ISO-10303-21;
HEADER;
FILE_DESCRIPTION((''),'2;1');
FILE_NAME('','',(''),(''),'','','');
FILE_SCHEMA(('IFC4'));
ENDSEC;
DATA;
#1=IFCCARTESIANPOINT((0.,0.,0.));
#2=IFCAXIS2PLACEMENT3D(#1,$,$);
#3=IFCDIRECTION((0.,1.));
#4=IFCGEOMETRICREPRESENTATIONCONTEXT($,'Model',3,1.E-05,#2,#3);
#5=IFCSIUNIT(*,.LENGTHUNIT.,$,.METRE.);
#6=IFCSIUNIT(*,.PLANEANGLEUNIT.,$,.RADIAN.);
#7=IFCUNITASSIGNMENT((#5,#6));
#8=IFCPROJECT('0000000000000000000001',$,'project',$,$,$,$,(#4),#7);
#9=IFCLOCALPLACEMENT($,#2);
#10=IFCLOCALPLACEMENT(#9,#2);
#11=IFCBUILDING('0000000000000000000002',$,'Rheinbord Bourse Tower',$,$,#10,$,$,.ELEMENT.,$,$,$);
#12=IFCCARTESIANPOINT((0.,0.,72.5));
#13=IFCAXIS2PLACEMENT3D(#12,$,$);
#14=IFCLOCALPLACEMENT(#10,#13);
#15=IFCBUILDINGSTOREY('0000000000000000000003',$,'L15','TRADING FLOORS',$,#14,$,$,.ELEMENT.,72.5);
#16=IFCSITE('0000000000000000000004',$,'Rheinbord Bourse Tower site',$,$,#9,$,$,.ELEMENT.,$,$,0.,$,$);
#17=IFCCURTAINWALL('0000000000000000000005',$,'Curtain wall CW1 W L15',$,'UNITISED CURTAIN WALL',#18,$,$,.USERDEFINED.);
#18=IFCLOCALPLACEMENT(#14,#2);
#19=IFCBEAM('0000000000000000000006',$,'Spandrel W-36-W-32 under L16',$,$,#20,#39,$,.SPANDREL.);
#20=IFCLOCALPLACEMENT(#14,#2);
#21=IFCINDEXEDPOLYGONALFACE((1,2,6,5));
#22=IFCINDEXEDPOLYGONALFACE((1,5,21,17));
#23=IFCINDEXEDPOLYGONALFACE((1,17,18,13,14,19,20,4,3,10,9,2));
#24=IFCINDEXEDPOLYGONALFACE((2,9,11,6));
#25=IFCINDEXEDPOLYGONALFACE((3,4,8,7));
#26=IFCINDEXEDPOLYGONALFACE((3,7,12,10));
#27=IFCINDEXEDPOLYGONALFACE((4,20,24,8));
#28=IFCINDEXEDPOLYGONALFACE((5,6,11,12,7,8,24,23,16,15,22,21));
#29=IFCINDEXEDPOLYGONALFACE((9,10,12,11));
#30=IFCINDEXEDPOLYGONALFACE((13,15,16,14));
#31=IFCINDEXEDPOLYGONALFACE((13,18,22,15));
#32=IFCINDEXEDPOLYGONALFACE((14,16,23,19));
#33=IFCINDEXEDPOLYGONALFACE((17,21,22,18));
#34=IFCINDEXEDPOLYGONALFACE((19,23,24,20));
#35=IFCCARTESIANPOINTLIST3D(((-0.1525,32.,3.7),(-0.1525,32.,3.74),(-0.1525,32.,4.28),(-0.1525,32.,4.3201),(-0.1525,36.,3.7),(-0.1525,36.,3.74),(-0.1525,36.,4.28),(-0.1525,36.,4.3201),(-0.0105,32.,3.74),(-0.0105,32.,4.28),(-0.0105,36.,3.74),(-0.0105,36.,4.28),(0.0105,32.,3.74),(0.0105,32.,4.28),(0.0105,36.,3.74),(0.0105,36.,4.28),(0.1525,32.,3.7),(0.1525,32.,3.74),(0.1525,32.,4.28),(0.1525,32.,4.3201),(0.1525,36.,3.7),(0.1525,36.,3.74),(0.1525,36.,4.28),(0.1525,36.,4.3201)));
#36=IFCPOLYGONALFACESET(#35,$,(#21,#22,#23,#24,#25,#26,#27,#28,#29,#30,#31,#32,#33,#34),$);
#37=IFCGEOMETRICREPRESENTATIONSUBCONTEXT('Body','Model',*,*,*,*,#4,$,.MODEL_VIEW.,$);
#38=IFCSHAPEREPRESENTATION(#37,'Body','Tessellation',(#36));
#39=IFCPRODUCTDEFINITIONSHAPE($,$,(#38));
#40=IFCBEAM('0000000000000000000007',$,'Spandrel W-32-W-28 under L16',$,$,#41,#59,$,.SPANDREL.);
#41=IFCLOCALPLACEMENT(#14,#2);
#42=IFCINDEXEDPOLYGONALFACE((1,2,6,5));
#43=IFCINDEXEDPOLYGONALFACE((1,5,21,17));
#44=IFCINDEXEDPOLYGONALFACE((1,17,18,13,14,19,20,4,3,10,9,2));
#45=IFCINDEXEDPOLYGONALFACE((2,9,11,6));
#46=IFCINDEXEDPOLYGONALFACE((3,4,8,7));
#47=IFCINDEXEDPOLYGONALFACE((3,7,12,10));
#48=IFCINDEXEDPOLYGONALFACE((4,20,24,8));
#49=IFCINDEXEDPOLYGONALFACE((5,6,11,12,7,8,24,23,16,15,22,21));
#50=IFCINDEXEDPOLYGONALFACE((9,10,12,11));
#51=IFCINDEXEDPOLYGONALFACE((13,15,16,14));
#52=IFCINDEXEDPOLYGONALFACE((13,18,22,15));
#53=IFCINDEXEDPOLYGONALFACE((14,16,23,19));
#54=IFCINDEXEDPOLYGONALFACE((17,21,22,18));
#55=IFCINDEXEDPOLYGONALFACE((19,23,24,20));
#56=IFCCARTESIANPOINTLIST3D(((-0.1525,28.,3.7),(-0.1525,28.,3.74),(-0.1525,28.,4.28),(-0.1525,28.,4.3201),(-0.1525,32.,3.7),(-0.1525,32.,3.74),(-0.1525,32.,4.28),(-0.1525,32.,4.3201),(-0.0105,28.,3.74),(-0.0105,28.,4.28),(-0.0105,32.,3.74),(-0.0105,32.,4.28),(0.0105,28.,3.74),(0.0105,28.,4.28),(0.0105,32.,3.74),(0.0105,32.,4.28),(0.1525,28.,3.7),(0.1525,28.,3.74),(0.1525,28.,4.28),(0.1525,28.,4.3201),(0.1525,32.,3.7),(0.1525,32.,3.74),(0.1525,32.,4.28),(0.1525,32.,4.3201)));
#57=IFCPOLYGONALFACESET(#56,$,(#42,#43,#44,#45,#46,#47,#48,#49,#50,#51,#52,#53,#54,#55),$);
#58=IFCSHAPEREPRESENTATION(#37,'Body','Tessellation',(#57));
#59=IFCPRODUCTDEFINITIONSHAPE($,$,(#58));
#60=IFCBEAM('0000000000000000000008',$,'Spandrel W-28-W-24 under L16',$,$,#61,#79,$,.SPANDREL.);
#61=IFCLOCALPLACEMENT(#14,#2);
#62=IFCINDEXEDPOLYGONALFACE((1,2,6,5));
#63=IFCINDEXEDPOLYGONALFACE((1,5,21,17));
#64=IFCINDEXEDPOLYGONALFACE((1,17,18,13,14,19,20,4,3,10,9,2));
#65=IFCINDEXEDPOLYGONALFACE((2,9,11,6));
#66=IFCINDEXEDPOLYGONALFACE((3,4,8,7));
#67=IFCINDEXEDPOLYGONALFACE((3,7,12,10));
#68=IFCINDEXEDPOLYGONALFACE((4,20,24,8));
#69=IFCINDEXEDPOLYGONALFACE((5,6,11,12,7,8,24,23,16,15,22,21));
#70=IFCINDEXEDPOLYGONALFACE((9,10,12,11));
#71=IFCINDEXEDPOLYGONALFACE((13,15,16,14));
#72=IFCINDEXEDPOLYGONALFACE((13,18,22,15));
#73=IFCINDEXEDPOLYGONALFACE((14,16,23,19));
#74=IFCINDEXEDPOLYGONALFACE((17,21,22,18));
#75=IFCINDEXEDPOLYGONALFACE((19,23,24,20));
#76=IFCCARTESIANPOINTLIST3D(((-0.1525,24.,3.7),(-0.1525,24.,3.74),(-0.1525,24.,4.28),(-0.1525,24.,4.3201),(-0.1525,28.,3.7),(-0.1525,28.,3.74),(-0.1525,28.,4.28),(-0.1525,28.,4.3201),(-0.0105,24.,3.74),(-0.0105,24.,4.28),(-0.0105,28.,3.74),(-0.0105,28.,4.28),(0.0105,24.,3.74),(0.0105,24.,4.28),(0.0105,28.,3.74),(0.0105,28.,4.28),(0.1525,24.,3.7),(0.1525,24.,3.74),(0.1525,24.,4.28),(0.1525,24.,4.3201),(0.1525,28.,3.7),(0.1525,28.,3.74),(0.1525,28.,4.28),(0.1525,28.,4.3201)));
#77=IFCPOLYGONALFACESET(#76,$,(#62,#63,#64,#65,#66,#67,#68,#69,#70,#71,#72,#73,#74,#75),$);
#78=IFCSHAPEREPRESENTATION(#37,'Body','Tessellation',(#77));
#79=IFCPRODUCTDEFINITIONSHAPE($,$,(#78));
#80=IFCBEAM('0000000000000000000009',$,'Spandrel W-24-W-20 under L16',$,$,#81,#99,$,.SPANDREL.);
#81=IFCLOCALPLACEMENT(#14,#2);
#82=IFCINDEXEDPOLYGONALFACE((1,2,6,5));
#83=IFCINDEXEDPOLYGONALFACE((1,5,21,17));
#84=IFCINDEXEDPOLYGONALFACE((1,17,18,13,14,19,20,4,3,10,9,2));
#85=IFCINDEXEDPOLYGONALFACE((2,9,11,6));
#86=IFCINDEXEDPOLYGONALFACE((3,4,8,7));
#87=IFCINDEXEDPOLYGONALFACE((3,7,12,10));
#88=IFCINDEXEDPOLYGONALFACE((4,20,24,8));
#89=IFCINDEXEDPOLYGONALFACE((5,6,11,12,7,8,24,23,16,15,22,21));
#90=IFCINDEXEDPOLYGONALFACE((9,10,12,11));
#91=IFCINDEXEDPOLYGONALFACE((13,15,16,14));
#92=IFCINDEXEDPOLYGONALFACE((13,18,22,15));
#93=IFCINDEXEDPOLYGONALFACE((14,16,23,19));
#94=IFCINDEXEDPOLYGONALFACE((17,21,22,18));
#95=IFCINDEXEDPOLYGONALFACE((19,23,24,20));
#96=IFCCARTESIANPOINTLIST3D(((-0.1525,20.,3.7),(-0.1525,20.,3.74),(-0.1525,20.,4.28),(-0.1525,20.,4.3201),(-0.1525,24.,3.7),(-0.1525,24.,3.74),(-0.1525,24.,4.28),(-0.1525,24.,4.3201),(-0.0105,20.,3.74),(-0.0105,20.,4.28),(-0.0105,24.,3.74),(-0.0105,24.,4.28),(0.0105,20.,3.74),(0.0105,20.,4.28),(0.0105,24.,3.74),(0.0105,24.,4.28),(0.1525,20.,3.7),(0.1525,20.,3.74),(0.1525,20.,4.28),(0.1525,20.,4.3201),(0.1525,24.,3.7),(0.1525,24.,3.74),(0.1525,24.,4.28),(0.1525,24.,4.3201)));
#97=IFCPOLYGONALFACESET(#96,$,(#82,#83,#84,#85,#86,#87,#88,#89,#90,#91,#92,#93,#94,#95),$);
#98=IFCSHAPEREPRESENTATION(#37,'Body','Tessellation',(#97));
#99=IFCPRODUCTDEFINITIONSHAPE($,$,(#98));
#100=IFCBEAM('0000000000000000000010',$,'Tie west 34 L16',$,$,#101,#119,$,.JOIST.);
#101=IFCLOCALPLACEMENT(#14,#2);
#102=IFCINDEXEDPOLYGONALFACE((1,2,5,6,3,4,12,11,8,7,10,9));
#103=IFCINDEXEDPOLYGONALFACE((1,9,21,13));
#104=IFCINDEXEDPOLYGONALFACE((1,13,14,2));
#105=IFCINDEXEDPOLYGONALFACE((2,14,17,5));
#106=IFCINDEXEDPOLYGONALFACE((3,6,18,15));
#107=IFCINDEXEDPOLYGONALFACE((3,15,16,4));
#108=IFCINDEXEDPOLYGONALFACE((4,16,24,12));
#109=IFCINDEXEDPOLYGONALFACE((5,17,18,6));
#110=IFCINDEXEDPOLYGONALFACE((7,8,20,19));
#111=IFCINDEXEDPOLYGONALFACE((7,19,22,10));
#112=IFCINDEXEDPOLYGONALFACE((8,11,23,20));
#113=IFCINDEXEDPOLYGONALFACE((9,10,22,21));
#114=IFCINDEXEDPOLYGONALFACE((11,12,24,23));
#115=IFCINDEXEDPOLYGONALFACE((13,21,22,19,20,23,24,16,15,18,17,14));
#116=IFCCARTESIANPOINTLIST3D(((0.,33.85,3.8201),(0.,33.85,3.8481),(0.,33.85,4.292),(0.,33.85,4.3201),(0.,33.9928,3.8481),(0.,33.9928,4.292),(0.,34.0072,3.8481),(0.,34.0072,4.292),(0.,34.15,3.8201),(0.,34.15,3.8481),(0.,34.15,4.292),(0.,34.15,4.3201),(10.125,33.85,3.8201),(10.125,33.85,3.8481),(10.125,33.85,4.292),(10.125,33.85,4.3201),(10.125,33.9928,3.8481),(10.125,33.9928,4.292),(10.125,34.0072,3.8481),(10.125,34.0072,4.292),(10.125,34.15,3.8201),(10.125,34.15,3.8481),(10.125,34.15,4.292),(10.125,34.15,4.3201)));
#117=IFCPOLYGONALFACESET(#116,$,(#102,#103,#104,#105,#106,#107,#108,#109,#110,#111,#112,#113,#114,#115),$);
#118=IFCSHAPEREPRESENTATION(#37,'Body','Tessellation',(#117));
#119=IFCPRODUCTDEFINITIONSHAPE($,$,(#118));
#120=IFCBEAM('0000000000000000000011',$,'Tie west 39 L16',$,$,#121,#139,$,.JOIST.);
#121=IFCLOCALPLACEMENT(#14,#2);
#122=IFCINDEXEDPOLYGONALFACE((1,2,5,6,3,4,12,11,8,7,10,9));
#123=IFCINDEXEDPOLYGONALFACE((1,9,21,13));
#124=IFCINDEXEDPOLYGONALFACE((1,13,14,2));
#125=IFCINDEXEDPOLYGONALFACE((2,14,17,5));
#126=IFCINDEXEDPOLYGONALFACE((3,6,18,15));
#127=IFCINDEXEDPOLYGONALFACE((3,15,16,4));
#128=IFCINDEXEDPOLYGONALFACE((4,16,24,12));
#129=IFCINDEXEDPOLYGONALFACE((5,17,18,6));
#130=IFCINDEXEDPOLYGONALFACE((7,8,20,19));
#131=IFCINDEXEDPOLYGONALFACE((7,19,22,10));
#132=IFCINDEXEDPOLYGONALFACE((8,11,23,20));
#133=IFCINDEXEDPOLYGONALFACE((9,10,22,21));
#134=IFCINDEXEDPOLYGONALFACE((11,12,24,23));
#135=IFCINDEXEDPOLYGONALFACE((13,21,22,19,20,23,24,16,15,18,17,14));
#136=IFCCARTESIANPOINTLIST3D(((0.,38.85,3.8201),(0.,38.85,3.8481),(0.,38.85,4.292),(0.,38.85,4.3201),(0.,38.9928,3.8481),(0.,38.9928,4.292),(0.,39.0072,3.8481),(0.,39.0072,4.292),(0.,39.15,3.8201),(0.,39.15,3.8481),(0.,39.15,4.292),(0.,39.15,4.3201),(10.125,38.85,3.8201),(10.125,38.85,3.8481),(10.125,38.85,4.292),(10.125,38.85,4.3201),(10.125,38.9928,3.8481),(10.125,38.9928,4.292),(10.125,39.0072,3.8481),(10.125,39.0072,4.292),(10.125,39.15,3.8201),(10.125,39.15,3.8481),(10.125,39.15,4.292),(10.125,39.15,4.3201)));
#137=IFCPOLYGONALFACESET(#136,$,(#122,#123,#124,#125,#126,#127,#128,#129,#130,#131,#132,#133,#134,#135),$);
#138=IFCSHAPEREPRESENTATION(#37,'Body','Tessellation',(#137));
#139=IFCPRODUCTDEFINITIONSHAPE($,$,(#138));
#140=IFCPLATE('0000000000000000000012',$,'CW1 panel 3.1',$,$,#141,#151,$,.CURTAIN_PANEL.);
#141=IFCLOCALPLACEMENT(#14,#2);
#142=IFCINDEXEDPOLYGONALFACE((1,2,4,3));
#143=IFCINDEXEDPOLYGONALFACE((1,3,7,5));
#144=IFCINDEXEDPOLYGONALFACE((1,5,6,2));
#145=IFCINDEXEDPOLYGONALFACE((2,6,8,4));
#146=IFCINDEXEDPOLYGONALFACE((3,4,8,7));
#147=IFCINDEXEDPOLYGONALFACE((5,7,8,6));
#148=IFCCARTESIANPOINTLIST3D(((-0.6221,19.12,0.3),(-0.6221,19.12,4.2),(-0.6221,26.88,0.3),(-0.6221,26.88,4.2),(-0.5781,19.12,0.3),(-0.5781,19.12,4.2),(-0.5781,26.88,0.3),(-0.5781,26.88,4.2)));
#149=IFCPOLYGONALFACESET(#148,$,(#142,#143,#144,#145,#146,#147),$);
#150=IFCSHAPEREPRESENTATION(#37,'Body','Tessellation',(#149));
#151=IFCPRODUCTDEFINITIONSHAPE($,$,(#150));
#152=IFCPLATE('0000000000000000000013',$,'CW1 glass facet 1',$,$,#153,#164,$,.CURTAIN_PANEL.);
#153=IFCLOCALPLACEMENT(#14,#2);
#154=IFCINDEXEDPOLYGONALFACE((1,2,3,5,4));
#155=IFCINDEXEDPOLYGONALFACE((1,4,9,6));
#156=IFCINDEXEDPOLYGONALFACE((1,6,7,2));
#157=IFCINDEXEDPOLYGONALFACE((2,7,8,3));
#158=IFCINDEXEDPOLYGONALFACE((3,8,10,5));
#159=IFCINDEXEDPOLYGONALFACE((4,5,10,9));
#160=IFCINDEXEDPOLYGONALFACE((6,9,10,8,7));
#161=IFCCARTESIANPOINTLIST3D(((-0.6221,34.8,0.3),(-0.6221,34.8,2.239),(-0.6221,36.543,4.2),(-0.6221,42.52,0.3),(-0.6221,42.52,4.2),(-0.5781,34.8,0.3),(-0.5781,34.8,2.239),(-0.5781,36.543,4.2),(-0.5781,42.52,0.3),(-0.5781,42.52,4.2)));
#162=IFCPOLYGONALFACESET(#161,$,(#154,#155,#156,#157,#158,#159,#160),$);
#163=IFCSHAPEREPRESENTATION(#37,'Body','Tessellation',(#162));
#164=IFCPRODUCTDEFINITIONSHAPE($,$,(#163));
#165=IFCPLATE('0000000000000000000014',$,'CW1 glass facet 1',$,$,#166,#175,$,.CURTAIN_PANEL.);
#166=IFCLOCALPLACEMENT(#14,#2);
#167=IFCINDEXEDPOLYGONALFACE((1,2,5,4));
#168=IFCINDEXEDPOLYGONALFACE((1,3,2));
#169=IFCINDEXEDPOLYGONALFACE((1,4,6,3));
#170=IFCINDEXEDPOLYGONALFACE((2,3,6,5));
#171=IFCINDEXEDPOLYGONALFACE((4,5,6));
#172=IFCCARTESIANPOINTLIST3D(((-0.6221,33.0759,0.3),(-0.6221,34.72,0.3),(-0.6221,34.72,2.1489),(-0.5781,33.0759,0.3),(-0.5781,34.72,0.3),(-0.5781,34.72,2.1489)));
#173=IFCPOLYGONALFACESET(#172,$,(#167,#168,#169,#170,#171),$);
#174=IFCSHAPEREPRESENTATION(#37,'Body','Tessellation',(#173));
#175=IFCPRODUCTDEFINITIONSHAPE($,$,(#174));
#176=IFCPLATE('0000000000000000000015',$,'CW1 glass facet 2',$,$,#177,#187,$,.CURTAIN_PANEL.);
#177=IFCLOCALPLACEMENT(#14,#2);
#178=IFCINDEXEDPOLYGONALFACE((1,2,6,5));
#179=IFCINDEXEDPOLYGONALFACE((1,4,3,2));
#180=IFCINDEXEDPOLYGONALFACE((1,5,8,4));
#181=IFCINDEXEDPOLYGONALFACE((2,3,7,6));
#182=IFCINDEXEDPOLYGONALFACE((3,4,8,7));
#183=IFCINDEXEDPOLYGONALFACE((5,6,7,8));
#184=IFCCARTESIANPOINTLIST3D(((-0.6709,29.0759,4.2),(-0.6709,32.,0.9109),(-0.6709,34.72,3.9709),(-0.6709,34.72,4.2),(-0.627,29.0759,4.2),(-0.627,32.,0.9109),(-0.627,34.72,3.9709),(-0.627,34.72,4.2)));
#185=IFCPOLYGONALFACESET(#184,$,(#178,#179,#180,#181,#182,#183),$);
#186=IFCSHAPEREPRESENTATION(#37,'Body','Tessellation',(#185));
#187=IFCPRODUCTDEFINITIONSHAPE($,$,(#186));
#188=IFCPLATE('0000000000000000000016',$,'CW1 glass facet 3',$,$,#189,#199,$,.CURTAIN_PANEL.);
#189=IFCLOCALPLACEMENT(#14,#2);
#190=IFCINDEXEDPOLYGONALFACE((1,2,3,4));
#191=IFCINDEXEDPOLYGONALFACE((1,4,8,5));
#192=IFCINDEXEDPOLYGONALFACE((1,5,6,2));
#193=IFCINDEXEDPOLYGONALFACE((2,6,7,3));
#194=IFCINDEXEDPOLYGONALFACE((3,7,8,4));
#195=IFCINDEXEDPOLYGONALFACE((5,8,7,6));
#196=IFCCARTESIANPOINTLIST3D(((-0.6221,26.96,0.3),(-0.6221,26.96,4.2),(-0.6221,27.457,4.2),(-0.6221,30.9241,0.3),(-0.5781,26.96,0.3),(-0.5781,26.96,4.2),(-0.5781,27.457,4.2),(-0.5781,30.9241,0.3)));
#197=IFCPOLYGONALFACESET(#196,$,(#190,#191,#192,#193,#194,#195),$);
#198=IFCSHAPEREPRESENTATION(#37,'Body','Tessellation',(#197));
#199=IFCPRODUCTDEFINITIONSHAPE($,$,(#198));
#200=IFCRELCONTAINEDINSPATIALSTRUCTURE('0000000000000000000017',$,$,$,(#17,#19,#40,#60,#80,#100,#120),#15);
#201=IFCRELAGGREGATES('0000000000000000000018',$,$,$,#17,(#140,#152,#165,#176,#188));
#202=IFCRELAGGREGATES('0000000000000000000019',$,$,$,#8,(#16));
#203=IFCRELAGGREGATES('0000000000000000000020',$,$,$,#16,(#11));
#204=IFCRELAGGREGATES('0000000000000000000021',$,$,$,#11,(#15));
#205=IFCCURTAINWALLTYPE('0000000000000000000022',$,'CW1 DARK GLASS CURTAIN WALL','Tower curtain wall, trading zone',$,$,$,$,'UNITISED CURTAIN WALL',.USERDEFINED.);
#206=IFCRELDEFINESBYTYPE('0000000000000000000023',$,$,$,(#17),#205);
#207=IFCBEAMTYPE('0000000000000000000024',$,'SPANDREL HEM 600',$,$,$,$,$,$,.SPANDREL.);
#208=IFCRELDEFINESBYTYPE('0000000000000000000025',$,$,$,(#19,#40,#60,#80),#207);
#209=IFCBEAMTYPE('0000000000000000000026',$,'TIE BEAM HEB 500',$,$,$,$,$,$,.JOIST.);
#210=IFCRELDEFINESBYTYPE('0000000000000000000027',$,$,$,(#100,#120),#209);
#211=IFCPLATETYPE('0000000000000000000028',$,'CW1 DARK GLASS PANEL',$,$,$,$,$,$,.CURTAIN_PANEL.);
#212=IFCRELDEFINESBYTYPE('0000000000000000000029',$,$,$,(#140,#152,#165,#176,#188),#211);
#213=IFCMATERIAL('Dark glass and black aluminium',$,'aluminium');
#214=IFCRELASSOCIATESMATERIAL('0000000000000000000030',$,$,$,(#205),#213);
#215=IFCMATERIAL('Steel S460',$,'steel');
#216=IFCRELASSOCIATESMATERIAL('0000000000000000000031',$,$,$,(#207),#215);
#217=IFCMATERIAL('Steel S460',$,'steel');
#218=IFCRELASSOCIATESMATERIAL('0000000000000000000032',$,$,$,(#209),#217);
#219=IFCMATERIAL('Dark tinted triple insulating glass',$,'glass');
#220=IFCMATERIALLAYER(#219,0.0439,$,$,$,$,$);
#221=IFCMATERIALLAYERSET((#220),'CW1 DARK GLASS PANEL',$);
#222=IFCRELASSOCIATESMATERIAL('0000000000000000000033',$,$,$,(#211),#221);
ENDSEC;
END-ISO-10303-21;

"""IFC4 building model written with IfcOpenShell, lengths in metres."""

from ifc_helpers import new_model, si_unit, direction, frame, origin, origin_2d, place, context, subcontext, project, spatial, polyline, rectangle, i_section, outline, extrude, material, layer, layer_set, material_profile, profile_set, type_object, element, aggregate, save


model = new_model("IFC4")

# Units and contexts
model_context = context("Model", 3, precision=1e-05, world=origin(), true_north=direction((0.0, 1.0)))
body_context = subcontext(model_context, "Body", "Model", "MODEL_VIEW")
ifc_project = project(units=[si_unit("LENGTHUNIT", "METRE"), si_unit("PLANEANGLEUNIT", "RADIAN")], contexts=[model_context])

# Site, building, storey
site_placement = place(None, origin())
site = spatial("IfcSite", under=ifc_project, at=site_placement, Name="Rheinbord Bourse Tower site", CompositionType="ELEMENT", RefElevation=0.0)
building_placement = place(site_placement, origin())
building = spatial("IfcBuilding", under=site, at=building_placement, Name="Rheinbord Bourse Tower", CompositionType="ELEMENT")
storey_placement = place(building_placement, frame((0.0, 0.0, 72.5)))
storey = spatial("IfcBuildingStorey", under=building, at=storey_placement, Name="L15", Description="TRADING FLOORS", CompositionType="ELEMENT", Elevation=72.5)

# Curtain wall
ifc_material_1 = material(Name="Dark glass and black aluminium", Category="aluminium")
curtain_wall_type = type_object("IfcCurtainWallType", Name="CW1 DARK GLASS CURTAIN WALL", Description="Tower curtain wall, trading zone", ElementType="UNITISED CURTAIN WALL", PredefinedType="USERDEFINED", material=ifc_material_1)
curtain_wall_placement = place(storey_placement, origin())
curtain_wall = element("IfcCurtainWall", 1, at=curtain_wall_placement, inside=storey, type_object=curtain_wall_type, Name="Curtain wall CW1 W L15", ObjectType="UNITISED CURTAIN WALL", PredefinedType="USERDEFINED")

# Beams
ifc_material_2 = material(Name="Steel S460", Category="steel")
ifc_material_profile_1 = material_profile(ifc_material_2, i_section(OverallWidth=0.3049, OverallDepth=0.6201, WebThickness=0.021, FlangeThickness=0.04, at=origin_2d()), Name="HEM 600")
ifc_profile_set_1 = profile_set([ifc_material_profile_1], Name="Steel S460")
beam_type_1 = type_object("IfcBeamType", Name="SPANDREL HEM 600", PredefinedType="SPANDREL", material=ifc_profile_set_1)
for number, where, z_axis, x_axis, name in (
    (2, (0.0, 36.0, 4.01), (0.0, -1.0, 0.0), (1.0, 0.0, 0.0), "Spandrel W-36-W-32 under L16"),
    (3, (0.0, 32.0, 4.01), (0.0, -1.0, 0.0), (1.0, 0.0, 0.0), "Spandrel W-32-W-28 under L16"),
    (4, (0.0, 28.0, 4.01), (0.0, -1.0, 0.0), (1.0, 0.0, 0.0), "Spandrel W-28-W-24 under L16"),
    (5, (0.0, 24.0, 4.01), (0.0, -1.0, 0.0), (1.0, 0.0, 0.0), "Spandrel W-24-W-20 under L16"),
):
    element("IfcBeam", number, at=place(storey_placement, frame(where, z_axis=z_axis, x_axis=x_axis)), inside=storey, type_object=beam_type_1, Name=name, PredefinedType="SPANDREL", context=body_context, shape_type="SweptSolid", body=[
        extrude(i_section(OverallWidth=0.3049, OverallDepth=0.6201, WebThickness=0.021, FlangeThickness=0.04, at=origin_2d()), origin(), (0.0, 0.0, 1.0), 4.0),
    ])
ifc_material_3 = material(Name="Steel S460", Category="steel")
ifc_material_profile_2 = material_profile(ifc_material_3, i_section(OverallWidth=0.3, OverallDepth=0.5, WebThickness=0.0144, FlangeThickness=0.0281, at=origin_2d()), Name="HEB 500")
ifc_profile_set_2 = profile_set([ifc_material_profile_2], Name="Steel S460")
beam_type_2 = type_object("IfcBeamType", Name="TIE BEAM HEB 500", PredefinedType="JOIST", material=ifc_profile_set_2)
for number, where, z_axis, x_axis, name in (
    (6, (0.0, 34.0, 4.0701), (1.0, 0.0, 0.0), (0.0, 1.0, 0.0), "Tie west 34 L16"),
    (7, (0.0, 39.0, 4.0701), (1.0, 0.0, 0.0), (0.0, 1.0, 0.0), "Tie west 39 L16"),
):
    element("IfcBeam", number, at=place(storey_placement, frame(where, z_axis=z_axis, x_axis=x_axis)), inside=storey, type_object=beam_type_2, Name=name, PredefinedType="JOIST", context=body_context, shape_type="SweptSolid", body=[
        extrude(i_section(OverallWidth=0.3, OverallDepth=0.5, WebThickness=0.0144, FlangeThickness=0.0281, at=origin_2d()), origin(), (0.0, 0.0, 1.0), 10.125),
    ])

# Plates
ifc_material_4 = material(Name="Dark tinted triple insulating glass", Category="glass")
ifc_layer_1 = layer(ifc_material_4, 0.0439)
ifc_layer_set_1 = layer_set([ifc_layer_1], Name="CW1 DARK GLASS PANEL")
plate_type = type_object("IfcPlateType", Name="CW1 DARK GLASS PANEL", PredefinedType="CURTAIN_PANEL", material=ifc_layer_set_1)
plate_1_placement = place(storey_placement, frame((-0.6001, 23.0, 0.3), z_axis=(0.0, 0.0, 1.0), x_axis=(0.0, -1.0, 0.0)))
plate_1 = element("IfcPlate", 8, at=plate_1_placement, type_object=plate_type, Name="CW1 panel 3.1", PredefinedType="CURTAIN_PANEL", context=body_context, shape_type="SweptSolid", body=[
    extrude(rectangle(XDim=7.76, YDim=0.0439, at=origin_2d()), origin(), (0.0, 0.0, 1.0), 3.8999),
])
plate_2_placement = place(storey_placement, frame((-0.6221, 34.8, 0.3), z_axis=(1.0, 0.0, 0.0), x_axis=(0.0, 1.0, 0.0)))
plate_2 = element("IfcPlate", 9, at=plate_2_placement, type_object=plate_type, Name="CW1 glass facet 1", PredefinedType="CURTAIN_PANEL", context=body_context, shape_type="SweptSolid", body=[
    extrude(outline(polyline([(0.0, 0.0), (7.72, 0.0), (7.72, 3.8999), (1.7429, 3.8999), (0.0, 1.939), (0.0, 0.0)])), origin(), (0.0, 0.0, 1.0), 0.0439),
])
plate_3_placement = place(storey_placement, frame((-0.6221, 34.72, 0.3), z_axis=(1.0, 0.0, 0.0), x_axis=(0.0, 0.0, 1.0)))
plate_3 = element("IfcPlate", 10, at=plate_3_placement, type_object=plate_type, Name="CW1 glass facet 1", PredefinedType="CURTAIN_PANEL", context=body_context, shape_type="SweptSolid", body=[
    extrude(outline(polyline([(0.0, 0.0), (1.8489, 0.0), (0.0, 1.644), (0.0, 0.0)])), origin(), (0.0, 0.0, 1.0), 0.0439),
])
plate_4_placement = place(storey_placement, frame((-0.6709, 34.72, 4.2), z_axis=(1.0, 0.0, 0.0), x_axis=(0.0, -1.0, 0.0)))
plate_4 = element("IfcPlate", 11, at=plate_4_placement, type_object=plate_type, Name="CW1 glass facet 2", PredefinedType="CURTAIN_PANEL", context=body_context, shape_type="SweptSolid", body=[
    extrude(outline(polyline([(0.0, 0.0), (5.644, 0.0), (2.72, 3.2891), (0.0, 0.229), (0.0, 0.0)])), origin(), (0.0, 0.0, 1.0), 0.0439),
])
plate_5_placement = place(storey_placement, frame((-0.6221, 26.96, 4.2), z_axis=(1.0, 0.0, 0.0), x_axis=(0.0, 0.0, -1.0)))
plate_5 = element("IfcPlate", 12, at=plate_5_placement, type_object=plate_type, Name="CW1 glass facet 3", PredefinedType="CURTAIN_PANEL", context=body_context, shape_type="SweptSolid", body=[
    extrude(outline(polyline([(0.0, 0.0), (3.8999, 0.0), (3.8999, 3.9641), (0.0, 0.4971), (0.0, 0.0)])), origin(), (0.0, 0.0, 1.0), 0.0439),
])
aggregate(curtain_wall, [plate_1, plate_2, plate_3, plate_4, plate_5])

save(model, "model.ifc")
